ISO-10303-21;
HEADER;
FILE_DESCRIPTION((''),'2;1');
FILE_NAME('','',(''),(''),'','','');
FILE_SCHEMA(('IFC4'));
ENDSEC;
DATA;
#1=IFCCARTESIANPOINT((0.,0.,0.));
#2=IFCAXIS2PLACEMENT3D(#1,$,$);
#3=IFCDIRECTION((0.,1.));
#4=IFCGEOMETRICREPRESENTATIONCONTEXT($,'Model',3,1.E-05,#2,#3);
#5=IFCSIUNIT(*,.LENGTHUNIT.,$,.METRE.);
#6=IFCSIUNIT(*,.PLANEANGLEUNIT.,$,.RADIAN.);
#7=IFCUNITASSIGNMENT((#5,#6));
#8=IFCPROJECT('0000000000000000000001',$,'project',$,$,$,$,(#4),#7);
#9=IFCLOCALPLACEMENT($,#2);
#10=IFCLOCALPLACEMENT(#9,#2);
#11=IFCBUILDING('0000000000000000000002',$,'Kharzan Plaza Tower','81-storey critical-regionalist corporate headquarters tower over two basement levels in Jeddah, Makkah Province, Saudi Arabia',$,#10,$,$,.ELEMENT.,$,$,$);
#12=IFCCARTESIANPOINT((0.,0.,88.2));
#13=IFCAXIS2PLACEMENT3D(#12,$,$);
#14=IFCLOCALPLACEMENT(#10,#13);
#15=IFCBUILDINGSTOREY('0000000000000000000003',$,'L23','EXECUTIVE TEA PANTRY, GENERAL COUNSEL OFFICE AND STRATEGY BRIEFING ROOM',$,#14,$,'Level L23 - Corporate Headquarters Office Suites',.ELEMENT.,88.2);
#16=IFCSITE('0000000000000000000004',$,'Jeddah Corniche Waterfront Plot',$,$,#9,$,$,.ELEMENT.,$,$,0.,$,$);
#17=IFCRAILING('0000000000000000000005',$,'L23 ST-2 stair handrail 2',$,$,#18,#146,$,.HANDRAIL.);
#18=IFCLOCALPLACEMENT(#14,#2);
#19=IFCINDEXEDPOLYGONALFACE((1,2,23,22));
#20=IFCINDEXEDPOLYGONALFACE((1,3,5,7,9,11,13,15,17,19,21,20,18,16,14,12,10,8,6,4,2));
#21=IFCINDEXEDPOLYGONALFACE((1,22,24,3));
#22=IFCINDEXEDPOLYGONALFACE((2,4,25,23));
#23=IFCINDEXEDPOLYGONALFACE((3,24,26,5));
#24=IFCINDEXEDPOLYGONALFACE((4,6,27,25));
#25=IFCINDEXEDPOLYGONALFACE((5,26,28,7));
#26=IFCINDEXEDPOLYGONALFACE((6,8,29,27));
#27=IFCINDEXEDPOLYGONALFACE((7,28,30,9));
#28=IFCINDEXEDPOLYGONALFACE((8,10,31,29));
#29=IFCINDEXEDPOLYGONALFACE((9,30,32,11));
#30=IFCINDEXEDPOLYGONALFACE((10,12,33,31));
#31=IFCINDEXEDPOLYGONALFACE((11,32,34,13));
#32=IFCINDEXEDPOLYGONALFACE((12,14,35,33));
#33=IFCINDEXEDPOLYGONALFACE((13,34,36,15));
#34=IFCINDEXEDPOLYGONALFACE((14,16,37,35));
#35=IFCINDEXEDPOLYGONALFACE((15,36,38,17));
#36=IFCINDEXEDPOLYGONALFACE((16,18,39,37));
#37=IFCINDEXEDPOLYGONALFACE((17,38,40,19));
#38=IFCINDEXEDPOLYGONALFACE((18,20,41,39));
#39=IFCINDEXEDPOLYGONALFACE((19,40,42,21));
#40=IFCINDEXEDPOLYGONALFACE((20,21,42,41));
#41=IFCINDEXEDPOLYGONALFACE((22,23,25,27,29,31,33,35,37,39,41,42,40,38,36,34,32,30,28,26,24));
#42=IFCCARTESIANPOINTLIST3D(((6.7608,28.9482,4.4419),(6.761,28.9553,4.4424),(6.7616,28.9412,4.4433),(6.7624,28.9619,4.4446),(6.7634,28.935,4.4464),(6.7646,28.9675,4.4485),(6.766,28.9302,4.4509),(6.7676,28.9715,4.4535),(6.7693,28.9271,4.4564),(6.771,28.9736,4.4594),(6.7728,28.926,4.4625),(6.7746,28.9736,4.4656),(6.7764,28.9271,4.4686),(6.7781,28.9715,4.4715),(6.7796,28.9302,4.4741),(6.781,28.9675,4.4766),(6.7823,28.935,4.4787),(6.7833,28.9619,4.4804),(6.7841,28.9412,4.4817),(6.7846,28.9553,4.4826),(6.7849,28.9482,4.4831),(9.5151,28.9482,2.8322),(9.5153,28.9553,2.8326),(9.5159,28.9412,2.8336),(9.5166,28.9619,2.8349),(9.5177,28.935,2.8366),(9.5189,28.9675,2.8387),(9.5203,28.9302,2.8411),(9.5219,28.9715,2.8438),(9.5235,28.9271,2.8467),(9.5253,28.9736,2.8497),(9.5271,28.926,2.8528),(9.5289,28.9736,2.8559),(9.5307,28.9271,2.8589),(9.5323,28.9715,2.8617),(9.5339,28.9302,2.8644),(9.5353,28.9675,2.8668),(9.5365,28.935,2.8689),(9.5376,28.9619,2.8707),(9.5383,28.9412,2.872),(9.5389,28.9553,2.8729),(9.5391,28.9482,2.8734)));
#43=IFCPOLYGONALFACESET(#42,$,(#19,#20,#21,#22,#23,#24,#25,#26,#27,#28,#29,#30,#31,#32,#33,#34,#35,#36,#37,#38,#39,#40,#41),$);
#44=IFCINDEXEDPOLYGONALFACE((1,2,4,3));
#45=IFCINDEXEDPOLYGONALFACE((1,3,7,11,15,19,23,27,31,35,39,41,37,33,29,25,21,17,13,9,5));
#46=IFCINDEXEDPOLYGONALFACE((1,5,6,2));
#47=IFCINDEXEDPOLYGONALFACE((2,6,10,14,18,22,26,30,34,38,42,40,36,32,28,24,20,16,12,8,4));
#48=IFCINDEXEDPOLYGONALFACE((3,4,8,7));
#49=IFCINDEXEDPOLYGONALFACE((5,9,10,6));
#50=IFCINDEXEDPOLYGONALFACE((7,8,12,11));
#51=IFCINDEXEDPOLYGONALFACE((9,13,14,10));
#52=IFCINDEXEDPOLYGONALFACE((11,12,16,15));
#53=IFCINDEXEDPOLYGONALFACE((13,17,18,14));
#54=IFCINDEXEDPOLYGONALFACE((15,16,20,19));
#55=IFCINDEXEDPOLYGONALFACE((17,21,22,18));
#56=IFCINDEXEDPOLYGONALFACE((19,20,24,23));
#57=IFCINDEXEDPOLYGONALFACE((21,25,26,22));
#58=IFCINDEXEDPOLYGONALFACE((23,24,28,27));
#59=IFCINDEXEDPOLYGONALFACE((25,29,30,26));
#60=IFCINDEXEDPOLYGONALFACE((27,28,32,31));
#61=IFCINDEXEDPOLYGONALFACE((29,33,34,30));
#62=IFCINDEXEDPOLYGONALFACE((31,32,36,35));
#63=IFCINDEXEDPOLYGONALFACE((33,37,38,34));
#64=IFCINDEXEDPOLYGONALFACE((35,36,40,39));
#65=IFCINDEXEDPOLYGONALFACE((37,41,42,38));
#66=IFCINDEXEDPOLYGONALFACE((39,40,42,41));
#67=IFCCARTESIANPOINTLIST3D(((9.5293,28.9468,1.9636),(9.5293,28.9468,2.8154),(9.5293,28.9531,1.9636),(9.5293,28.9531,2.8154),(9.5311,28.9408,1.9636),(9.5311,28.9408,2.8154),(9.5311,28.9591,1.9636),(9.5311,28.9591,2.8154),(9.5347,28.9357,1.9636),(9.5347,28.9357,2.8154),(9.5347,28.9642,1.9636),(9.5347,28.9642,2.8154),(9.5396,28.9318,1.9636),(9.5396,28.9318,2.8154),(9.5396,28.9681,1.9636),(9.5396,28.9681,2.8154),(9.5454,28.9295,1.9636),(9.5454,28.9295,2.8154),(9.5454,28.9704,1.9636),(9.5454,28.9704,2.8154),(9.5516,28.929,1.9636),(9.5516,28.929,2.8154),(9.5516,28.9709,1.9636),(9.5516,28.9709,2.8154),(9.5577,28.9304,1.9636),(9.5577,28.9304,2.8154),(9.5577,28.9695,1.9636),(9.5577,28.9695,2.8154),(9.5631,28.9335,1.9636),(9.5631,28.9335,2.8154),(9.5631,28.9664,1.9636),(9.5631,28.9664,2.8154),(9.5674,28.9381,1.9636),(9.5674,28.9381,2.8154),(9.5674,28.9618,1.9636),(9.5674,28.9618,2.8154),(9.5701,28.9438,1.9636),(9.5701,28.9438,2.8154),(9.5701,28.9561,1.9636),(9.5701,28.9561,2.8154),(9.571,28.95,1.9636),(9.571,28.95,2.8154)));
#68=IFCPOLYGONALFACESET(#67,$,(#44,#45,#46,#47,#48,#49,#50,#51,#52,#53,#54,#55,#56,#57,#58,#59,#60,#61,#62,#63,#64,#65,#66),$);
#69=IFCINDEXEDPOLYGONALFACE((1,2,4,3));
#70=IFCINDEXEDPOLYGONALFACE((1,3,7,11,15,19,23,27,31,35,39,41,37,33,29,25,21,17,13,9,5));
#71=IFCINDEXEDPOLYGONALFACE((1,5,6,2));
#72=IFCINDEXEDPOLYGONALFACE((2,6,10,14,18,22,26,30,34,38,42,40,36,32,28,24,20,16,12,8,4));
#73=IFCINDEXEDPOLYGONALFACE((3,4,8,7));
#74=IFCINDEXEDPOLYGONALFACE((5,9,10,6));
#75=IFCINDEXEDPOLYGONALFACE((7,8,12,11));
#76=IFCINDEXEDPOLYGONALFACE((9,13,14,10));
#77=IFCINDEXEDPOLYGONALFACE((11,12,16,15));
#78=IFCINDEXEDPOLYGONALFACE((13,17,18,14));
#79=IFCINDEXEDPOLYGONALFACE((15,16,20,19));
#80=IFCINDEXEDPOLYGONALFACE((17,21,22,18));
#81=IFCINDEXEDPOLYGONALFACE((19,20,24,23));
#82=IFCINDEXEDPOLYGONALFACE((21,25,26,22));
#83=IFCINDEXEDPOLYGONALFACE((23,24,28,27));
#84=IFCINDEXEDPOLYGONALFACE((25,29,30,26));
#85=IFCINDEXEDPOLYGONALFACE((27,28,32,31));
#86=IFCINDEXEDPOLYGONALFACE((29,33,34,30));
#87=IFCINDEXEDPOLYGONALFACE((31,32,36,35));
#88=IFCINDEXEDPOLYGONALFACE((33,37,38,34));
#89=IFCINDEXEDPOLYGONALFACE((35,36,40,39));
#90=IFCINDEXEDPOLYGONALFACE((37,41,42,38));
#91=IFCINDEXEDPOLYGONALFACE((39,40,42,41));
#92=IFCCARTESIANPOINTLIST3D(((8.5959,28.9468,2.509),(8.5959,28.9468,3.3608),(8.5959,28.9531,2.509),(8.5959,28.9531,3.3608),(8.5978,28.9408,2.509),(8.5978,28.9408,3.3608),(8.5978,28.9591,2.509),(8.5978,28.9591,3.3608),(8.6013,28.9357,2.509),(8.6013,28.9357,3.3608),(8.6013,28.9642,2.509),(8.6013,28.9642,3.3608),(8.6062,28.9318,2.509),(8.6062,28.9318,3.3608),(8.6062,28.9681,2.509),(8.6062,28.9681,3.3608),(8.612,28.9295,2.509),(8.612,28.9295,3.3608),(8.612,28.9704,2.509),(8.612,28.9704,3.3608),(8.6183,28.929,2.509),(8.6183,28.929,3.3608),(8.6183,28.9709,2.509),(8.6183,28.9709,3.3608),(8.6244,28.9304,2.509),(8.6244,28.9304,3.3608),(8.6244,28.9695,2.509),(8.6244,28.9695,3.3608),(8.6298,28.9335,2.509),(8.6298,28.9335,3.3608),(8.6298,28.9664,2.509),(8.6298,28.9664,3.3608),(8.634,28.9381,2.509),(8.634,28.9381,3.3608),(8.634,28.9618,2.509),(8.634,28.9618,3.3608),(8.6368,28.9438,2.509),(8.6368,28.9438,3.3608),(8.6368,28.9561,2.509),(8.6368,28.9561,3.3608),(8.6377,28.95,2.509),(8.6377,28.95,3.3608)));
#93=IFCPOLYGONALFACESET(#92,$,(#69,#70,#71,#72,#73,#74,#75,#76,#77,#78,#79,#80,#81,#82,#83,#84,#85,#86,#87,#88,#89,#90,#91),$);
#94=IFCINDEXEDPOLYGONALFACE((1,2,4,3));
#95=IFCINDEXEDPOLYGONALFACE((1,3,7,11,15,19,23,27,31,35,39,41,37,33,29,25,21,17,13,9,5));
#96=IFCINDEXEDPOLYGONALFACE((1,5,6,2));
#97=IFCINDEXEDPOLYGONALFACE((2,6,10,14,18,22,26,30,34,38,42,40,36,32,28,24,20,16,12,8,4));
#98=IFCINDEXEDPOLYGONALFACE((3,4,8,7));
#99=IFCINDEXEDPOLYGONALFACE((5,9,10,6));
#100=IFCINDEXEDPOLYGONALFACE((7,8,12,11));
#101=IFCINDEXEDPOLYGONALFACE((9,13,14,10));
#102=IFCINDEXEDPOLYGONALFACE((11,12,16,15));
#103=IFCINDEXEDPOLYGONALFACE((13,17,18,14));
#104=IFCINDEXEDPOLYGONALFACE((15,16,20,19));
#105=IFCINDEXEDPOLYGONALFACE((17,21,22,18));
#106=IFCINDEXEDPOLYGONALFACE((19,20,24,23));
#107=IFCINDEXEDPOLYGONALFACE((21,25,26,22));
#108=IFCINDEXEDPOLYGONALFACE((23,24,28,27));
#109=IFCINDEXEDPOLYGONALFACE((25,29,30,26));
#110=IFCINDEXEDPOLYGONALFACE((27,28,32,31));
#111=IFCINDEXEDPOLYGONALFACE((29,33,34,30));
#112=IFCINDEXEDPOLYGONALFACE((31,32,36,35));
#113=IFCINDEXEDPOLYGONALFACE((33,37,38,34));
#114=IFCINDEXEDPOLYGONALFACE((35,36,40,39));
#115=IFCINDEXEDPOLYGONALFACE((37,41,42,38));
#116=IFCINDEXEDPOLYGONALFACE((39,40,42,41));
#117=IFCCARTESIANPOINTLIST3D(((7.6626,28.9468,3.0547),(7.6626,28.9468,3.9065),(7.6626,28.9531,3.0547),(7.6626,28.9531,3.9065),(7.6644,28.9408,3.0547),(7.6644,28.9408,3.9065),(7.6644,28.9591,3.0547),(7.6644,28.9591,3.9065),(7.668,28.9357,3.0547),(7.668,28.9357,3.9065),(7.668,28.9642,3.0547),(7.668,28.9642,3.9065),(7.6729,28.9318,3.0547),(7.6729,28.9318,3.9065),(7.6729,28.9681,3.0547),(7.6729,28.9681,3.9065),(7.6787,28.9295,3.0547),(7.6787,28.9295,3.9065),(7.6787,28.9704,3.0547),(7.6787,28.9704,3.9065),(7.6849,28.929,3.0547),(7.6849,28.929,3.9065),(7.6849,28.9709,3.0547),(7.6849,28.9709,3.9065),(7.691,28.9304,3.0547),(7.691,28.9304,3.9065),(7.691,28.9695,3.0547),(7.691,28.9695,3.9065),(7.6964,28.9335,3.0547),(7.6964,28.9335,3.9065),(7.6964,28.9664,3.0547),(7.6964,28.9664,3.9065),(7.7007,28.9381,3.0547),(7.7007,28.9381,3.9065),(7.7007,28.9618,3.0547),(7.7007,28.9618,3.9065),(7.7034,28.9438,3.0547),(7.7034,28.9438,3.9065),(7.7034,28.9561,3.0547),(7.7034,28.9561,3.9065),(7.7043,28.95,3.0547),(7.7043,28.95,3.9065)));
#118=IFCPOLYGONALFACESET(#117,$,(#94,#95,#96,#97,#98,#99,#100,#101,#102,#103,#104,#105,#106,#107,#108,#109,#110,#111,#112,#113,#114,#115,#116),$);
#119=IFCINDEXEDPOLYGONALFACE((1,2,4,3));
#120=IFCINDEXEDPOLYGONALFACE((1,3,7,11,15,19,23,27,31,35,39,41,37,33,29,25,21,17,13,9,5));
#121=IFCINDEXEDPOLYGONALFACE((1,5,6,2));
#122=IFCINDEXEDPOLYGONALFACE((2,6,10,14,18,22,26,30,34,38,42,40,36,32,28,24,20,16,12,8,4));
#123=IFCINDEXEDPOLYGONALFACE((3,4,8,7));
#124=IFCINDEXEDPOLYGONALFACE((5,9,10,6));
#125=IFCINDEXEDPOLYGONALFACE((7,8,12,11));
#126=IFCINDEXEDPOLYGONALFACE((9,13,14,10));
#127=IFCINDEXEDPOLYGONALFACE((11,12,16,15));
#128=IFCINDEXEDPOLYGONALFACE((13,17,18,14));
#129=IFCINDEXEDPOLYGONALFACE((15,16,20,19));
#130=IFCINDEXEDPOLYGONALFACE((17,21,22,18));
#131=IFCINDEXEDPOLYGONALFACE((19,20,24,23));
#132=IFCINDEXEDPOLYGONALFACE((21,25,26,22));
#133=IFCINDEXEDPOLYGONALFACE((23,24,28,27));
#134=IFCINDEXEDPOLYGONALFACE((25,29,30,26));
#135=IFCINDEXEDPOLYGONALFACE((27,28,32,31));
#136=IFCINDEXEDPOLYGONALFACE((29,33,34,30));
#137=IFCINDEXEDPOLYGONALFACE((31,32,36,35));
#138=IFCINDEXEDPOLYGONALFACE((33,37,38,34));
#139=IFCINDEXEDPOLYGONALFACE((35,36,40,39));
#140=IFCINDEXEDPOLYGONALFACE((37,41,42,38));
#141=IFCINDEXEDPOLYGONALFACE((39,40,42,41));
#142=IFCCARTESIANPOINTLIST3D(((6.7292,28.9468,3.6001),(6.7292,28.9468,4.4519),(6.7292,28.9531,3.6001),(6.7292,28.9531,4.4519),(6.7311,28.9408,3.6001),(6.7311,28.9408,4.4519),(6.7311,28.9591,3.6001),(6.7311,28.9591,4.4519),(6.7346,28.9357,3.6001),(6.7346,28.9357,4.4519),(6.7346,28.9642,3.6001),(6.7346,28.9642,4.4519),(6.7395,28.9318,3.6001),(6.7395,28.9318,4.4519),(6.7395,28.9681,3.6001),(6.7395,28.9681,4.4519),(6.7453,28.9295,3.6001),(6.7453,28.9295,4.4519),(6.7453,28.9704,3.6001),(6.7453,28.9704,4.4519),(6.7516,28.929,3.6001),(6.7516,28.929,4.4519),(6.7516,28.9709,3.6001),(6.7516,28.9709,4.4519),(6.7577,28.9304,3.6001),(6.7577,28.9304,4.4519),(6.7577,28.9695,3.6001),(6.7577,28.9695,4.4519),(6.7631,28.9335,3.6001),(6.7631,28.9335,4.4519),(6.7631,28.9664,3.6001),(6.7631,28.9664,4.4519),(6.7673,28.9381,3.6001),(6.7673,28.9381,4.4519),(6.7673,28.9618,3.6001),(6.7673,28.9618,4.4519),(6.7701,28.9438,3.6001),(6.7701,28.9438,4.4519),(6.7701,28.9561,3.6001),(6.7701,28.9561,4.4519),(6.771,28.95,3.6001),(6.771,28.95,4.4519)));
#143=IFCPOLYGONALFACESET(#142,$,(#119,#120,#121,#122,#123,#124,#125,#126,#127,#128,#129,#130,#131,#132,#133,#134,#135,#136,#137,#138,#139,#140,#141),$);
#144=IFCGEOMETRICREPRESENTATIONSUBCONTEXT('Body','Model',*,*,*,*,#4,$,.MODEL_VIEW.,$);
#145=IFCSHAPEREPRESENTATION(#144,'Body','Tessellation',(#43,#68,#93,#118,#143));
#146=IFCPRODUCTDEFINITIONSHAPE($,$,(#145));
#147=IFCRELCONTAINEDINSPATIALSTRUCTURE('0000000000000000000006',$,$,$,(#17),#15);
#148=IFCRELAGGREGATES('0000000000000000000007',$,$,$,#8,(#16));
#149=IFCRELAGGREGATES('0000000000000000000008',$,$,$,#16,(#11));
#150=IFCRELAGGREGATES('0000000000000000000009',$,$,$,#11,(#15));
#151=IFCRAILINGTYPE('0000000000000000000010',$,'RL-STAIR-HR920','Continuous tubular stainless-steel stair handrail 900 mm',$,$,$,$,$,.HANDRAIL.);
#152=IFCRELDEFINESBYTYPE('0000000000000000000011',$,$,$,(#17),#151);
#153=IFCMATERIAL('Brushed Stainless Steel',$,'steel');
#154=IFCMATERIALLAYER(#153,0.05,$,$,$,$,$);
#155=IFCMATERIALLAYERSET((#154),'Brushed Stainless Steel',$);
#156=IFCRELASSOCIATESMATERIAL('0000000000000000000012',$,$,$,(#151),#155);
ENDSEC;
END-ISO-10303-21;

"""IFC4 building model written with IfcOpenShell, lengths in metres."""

from ifc_helpers import new_model, si_unit, direction, frame, origin, origin_2d, place, context, subcontext, project, spatial, circle, extrude, source, transform, mapped, material, layer, layer_set, type_object, element, save


model = new_model("IFC4")

# Units and contexts
model_context = context("Model", 3, precision=1e-05, world=origin(), true_north=direction((0.0, 1.0)))
body_context = subcontext(model_context, "Body", "Model", "MODEL_VIEW")
ifc_project = project(units=[si_unit("LENGTHUNIT", "METRE"), si_unit("PLANEANGLEUNIT", "RADIAN")], contexts=[model_context])

# Site, building, storey
site_placement = place(None, origin())
site = spatial("IfcSite", under=ifc_project, at=site_placement, Name="Jeddah Corniche Waterfront Plot", CompositionType="ELEMENT", RefElevation=0.0)
building_placement = place(site_placement, origin())
building = spatial("IfcBuilding", under=site, at=building_placement, Name="Kharzan Plaza Tower", Description="81-storey critical-regionalist corporate headquarters tower over two basement levels in Jeddah, Makkah Province, Saudi Arabia", CompositionType="ELEMENT")
storey_placement = place(building_placement, frame((0.0, 0.0, 88.2)))
storey = spatial("IfcBuildingStorey", under=building, at=storey_placement, Name="L23", Description="EXECUTIVE TEA PANTRY, GENERAL COUNSEL OFFICE AND STRATEGY BRIEFING ROOM", LongName="Level L23 - Corporate Headquarters Office Suites", CompositionType="ELEMENT", Elevation=88.2)

# Shared definitions
ifc_material_1 = material(Name="Brushed Stainless Steel", Category="steel")

# Railing
ifc_layer_1 = layer(ifc_material_1, 0.05)
ifc_layer_set_1 = layer_set([ifc_layer_1], Name="Brushed Stainless Steel")
railing_type_1 = type_object("IfcRailingType", Name="RL-STAIR-HR920", Description="Continuous tubular stainless-steel stair handrail 900 mm", PredefinedType="HANDRAIL", material=ifc_layer_set_1)
shared_shape_1 = source(origin(), body_context, "Body", "SweptSolid", [
    extrude(circle(Radius=0.0239, at=origin_2d()), frame((-0.0229, 0.0, 0.8892), z_axis=(-0.863361, 0.0, 0.504587), x_axis=(0.0, -1.0, 0.0)), (0.0, 0.0, 1.0), 3.1902),
    extrude(circle(Radius=0.021, at=origin_2d()), origin(), (0.0, 0.0, 1.0), 0.8518),
    extrude(circle(Radius=0.021, at=origin_2d()), frame((-0.9333, 0.0, 0.5454)), (0.0, 0.0, 1.0), 0.8518),
    extrude(circle(Radius=0.021, at=origin_2d()), frame((-1.8667, 0.0, 1.0911)), (0.0, 0.0, 1.0), 0.8518),
    extrude(circle(Radius=0.021, at=origin_2d()), frame((-2.8, 0.0, 1.6365)), (0.0, 0.0, 1.0), 0.8518),
])
railing_1_placement = place(storey_placement, frame((9.55, 28.95, 1.9636)))
element("IfcRailing", 1, at=railing_1_placement, inside=storey, type_object=railing_type_1, Name="L23 ST-2 stair handrail 2", PredefinedType="HANDRAIL", context=body_context, shape_type="MappedRepresentation", body=[
    mapped(shared_shape_1, transform((0.0, 0.0, 0.0), x_axis=(1.0, 0.0, 0.0), y_axis=(0.0, 1.0, 0.0), z_axis=(0.0, 0.0, 1.0))),
])

save(model, "model.ifc")
